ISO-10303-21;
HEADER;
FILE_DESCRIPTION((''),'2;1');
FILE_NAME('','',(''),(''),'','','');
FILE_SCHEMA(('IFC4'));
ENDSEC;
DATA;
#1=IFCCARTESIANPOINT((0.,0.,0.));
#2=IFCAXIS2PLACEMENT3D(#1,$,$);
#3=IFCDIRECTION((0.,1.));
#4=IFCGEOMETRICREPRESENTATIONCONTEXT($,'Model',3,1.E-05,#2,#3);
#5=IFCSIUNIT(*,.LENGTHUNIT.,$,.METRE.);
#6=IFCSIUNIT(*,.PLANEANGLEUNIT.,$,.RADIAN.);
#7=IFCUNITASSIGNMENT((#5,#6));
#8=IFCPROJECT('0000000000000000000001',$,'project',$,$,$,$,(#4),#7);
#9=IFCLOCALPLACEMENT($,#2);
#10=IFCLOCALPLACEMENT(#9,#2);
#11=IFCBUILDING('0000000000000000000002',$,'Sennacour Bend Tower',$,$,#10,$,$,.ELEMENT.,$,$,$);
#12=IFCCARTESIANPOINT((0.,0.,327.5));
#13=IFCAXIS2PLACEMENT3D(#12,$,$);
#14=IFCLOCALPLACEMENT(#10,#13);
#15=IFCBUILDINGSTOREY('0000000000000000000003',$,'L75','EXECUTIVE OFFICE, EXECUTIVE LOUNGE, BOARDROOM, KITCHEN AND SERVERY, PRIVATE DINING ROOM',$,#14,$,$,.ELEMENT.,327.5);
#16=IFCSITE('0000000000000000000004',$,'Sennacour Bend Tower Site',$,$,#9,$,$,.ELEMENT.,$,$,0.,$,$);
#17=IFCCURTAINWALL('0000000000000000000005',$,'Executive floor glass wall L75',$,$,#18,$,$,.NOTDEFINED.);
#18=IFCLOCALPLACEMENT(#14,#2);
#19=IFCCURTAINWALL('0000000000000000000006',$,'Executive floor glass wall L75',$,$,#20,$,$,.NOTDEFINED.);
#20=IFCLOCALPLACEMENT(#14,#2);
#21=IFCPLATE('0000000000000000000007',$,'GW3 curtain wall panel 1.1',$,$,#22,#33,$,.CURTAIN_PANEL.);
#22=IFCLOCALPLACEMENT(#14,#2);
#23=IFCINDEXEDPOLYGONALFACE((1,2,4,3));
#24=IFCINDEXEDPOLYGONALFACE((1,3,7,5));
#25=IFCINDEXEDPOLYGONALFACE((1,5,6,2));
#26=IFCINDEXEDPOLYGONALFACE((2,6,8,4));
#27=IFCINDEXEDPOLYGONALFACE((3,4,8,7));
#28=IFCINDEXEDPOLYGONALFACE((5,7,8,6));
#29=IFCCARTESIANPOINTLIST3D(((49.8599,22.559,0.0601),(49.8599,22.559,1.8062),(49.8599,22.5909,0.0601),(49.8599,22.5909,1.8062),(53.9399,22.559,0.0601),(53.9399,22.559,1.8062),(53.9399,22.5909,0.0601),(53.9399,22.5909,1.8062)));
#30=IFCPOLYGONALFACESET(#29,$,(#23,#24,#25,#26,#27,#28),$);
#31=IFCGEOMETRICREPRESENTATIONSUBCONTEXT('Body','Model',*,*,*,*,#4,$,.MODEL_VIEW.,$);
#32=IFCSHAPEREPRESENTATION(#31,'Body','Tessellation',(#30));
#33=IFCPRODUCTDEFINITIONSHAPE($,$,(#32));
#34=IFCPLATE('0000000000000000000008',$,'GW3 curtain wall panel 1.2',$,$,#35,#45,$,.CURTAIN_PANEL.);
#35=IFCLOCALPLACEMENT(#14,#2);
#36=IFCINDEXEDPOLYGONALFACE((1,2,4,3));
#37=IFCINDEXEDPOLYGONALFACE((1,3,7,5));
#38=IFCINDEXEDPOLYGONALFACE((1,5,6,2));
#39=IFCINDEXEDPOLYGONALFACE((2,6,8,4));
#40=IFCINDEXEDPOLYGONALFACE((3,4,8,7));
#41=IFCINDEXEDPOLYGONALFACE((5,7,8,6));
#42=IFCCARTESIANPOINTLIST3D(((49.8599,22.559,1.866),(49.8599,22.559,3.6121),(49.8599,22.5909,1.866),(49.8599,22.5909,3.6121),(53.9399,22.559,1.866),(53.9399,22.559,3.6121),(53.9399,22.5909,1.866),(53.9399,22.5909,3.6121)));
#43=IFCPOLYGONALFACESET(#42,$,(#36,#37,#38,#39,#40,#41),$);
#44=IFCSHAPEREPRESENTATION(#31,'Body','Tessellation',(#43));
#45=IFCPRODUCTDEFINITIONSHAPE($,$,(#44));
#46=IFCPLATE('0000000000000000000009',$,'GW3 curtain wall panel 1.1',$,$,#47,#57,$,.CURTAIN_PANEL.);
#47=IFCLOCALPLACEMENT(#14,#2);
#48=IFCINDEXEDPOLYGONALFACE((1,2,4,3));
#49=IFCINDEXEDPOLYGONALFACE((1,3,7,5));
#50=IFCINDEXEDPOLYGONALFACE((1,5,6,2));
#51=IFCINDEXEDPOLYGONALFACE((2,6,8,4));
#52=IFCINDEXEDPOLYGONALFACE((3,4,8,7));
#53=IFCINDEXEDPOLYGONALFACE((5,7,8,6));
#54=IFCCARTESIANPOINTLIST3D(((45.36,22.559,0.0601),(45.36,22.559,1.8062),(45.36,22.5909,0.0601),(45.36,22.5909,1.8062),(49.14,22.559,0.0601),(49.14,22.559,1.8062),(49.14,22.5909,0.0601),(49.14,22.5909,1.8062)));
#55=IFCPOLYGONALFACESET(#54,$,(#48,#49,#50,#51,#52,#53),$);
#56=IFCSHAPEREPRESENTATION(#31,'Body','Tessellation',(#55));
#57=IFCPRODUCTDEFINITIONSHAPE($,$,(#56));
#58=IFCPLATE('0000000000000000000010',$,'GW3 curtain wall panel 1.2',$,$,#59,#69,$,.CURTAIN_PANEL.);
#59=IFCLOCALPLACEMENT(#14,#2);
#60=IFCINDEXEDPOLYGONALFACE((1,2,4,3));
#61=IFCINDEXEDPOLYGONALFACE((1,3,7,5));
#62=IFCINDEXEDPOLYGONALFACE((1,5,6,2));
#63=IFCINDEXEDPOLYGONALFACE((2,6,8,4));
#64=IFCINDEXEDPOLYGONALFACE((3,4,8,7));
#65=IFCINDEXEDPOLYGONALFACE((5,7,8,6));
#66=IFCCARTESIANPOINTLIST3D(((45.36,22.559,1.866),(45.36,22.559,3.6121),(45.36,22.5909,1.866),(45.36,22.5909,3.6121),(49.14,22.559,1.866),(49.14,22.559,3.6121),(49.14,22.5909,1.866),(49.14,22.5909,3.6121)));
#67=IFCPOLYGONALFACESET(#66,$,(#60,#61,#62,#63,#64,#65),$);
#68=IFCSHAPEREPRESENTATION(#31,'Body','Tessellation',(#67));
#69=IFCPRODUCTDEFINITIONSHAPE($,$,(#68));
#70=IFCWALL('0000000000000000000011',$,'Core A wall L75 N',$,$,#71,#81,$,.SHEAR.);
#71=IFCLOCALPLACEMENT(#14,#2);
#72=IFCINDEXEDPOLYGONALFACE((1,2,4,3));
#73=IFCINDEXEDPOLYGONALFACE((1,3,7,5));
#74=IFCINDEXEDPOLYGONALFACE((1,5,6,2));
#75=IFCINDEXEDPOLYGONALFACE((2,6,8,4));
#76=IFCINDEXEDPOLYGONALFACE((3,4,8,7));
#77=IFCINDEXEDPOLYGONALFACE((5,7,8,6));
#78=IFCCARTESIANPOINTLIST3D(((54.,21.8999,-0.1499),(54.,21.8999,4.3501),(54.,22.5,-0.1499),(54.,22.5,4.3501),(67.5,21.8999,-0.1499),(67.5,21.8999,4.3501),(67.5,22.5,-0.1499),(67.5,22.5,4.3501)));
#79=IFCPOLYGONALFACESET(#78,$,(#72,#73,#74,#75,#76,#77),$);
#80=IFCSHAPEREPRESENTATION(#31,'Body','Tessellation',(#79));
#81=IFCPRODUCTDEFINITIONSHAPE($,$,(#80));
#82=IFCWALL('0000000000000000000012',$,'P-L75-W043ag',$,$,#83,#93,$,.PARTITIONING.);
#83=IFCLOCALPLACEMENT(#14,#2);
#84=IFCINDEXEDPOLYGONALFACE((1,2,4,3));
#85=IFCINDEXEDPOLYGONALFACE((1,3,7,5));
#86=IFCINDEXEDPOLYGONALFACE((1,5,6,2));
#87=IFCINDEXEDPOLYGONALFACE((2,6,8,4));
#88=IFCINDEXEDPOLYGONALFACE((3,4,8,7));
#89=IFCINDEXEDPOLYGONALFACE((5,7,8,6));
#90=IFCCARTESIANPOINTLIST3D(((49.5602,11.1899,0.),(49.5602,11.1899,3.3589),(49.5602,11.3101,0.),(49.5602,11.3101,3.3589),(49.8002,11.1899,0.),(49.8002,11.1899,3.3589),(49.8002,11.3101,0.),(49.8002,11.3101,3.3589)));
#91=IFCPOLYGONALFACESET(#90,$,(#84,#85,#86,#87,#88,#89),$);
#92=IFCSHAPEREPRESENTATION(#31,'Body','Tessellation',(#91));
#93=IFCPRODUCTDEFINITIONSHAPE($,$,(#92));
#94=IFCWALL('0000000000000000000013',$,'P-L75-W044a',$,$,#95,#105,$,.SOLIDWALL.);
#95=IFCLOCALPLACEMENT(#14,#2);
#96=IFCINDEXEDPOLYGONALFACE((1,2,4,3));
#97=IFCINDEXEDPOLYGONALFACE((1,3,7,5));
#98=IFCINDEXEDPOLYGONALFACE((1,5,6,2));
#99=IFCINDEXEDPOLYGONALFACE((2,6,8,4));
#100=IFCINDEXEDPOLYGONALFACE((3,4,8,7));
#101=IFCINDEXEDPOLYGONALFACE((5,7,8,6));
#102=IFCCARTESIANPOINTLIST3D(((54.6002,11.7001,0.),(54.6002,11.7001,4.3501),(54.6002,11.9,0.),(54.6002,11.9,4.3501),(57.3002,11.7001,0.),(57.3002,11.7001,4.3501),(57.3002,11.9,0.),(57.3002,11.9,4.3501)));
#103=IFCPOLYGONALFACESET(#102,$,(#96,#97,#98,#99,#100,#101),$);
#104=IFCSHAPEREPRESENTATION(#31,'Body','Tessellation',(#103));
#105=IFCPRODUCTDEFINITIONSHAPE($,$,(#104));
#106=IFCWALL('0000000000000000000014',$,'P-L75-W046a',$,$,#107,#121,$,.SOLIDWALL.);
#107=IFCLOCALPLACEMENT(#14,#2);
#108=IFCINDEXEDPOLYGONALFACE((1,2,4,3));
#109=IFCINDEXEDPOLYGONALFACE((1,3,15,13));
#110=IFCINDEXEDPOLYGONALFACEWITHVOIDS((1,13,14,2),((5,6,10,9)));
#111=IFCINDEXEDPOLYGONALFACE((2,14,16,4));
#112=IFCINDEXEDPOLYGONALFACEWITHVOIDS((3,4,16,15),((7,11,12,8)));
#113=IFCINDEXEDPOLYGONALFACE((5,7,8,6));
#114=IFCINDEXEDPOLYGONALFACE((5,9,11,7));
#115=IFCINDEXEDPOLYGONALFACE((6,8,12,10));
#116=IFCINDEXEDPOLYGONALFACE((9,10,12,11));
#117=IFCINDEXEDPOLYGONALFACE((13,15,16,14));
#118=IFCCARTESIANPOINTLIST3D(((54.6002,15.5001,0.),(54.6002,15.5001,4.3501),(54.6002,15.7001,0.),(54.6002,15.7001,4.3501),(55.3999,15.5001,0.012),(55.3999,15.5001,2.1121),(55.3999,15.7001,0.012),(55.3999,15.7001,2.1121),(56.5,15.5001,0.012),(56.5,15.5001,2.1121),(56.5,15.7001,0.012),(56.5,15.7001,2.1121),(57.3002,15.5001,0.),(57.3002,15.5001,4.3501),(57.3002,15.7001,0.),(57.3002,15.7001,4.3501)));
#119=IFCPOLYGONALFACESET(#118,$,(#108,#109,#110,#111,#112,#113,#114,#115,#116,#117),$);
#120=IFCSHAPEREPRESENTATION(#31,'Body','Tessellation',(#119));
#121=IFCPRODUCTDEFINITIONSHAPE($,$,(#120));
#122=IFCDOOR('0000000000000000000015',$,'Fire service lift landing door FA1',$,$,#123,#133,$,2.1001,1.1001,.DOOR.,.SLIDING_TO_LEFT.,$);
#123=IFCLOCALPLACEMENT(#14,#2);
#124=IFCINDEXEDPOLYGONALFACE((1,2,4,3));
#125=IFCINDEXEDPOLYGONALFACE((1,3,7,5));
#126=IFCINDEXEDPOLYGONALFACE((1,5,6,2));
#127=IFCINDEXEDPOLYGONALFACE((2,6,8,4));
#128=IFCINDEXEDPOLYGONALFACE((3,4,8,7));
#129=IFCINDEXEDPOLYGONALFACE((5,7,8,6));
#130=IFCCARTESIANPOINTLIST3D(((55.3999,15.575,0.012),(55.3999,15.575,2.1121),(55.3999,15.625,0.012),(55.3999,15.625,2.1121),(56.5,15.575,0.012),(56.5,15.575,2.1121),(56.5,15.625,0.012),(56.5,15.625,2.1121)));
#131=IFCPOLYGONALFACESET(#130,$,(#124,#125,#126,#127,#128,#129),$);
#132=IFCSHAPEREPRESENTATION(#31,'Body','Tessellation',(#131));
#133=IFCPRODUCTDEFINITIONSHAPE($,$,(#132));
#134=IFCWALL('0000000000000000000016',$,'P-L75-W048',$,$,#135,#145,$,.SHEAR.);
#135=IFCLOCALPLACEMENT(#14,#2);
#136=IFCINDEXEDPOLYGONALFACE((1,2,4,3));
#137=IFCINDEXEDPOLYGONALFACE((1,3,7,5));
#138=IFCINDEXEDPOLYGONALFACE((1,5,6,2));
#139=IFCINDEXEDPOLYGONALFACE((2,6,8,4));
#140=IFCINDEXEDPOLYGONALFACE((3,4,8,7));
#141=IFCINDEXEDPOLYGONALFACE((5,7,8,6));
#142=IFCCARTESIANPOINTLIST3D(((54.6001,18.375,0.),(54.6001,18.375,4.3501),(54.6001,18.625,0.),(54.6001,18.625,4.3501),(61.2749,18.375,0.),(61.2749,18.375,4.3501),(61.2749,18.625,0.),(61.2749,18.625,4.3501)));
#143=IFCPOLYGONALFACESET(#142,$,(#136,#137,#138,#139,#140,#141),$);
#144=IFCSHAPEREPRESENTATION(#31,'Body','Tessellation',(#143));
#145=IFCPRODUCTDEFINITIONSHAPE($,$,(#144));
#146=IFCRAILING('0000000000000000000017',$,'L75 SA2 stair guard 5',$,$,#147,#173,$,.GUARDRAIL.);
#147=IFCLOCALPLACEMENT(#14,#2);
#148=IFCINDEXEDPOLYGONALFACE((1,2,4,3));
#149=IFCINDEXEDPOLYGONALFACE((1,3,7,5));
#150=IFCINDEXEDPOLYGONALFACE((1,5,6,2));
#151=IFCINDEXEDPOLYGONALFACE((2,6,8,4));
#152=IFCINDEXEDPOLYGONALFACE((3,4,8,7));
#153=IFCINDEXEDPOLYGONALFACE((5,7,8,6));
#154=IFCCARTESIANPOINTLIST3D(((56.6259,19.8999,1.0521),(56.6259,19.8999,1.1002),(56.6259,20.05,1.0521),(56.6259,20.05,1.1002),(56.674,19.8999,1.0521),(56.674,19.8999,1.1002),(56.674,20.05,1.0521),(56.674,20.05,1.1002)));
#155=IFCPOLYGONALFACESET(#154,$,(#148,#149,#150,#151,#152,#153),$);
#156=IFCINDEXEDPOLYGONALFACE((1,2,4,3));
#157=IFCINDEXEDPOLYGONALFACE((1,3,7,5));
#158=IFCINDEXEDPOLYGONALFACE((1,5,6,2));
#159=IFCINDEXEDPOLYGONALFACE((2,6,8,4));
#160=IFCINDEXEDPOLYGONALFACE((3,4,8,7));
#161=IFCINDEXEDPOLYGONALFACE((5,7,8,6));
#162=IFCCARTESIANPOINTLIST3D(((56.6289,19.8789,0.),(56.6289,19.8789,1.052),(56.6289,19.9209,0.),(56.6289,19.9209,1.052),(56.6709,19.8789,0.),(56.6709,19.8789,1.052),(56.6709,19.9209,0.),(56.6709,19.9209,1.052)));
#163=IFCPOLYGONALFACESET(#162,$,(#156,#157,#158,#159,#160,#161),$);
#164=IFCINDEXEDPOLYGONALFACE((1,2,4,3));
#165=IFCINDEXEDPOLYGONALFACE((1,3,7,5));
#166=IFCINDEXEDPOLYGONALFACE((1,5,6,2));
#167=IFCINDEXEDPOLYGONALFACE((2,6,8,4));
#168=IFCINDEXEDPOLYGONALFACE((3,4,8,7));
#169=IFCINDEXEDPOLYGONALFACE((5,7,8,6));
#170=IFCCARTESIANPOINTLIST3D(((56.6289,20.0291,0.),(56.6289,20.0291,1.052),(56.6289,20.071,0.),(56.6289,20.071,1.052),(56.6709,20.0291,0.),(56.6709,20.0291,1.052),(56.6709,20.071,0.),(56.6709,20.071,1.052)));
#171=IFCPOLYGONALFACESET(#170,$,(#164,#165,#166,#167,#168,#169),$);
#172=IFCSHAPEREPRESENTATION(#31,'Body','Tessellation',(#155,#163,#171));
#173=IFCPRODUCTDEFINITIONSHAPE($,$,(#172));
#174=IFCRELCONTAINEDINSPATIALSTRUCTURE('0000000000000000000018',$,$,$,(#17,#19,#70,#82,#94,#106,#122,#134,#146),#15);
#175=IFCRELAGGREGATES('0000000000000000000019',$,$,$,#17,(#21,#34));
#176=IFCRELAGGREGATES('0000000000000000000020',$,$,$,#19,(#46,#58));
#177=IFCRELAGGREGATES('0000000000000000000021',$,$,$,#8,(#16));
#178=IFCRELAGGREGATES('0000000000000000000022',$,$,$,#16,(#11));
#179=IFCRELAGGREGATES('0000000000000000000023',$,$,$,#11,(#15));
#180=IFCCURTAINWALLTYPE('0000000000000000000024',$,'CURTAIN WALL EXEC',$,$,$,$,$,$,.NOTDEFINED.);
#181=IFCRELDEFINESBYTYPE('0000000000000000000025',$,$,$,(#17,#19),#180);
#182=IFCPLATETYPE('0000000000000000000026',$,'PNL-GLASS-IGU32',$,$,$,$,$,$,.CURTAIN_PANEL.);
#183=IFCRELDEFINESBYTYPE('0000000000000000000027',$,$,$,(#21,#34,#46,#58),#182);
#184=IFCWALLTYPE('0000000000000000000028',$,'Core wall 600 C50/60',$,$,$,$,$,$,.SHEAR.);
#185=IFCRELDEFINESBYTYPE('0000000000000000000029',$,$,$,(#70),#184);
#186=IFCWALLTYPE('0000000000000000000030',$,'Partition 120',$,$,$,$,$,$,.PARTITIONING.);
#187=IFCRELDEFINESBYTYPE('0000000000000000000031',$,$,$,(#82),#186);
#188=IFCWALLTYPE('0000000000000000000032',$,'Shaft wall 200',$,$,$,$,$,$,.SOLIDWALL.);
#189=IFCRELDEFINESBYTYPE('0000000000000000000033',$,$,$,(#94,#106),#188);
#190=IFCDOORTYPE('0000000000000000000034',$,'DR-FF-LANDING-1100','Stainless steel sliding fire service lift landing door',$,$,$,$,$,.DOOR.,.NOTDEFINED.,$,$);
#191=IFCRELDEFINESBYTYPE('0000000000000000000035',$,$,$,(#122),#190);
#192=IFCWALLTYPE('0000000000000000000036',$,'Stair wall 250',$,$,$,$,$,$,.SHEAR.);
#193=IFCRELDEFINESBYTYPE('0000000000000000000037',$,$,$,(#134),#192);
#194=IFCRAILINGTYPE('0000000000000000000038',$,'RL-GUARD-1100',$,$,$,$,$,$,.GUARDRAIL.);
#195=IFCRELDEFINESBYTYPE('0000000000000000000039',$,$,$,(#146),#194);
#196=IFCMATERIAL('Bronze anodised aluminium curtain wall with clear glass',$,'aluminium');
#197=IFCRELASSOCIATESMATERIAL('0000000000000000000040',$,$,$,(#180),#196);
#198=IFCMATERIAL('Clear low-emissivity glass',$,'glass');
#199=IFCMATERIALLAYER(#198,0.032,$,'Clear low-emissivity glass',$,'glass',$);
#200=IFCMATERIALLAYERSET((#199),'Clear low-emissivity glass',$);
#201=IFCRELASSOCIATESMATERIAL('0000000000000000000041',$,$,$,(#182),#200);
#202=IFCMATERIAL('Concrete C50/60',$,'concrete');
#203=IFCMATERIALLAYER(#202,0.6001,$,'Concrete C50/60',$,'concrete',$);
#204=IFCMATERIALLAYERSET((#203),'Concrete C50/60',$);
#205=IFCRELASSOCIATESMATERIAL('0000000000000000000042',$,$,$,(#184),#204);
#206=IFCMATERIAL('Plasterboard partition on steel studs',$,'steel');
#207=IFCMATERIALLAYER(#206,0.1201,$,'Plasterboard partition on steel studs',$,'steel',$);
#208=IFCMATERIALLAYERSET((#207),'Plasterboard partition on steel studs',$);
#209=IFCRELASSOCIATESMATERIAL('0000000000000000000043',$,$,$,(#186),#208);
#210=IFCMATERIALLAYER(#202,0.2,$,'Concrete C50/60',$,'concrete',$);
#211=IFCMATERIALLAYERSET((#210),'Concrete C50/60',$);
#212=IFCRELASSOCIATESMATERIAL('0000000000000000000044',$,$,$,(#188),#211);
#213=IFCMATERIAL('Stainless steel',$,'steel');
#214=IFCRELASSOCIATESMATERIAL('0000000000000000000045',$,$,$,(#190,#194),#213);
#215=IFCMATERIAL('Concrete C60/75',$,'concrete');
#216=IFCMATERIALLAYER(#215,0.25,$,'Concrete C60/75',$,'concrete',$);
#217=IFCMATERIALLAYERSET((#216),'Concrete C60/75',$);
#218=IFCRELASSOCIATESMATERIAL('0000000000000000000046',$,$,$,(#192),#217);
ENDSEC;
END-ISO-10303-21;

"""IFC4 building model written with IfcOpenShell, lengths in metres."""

from ifc_helpers import new_model, si_unit, direction, frame, frame_2d, origin, origin_2d, place, context, subcontext, project, spatial, rectangle, extrude, material, layer, layer_set, type_object, element, fill, aggregate, save


model = new_model("IFC4")

# Units and contexts
model_context = context("Model", 3, precision=1e-05, world=origin(), true_north=direction((0.0, 1.0)))
body_context = subcontext(model_context, "Body", "Model", "MODEL_VIEW")
ifc_project = project(units=[si_unit("LENGTHUNIT", "METRE"), si_unit("PLANEANGLEUNIT", "RADIAN")], contexts=[model_context])

# Site, building, storey
site_placement = place(None, origin())
site = spatial("IfcSite", under=ifc_project, at=site_placement, Name="Sennacour Bend Tower Site", CompositionType="ELEMENT", RefElevation=0.0)
building_placement = place(site_placement, origin())
building = spatial("IfcBuilding", under=site, at=building_placement, Name="Sennacour Bend Tower", CompositionType="ELEMENT")
storey_placement = place(building_placement, frame((0.0, 0.0, 327.5)))
storey = spatial("IfcBuildingStorey", under=building, at=storey_placement, Name="L75", Description="EXECUTIVE OFFICE, EXECUTIVE LOUNGE, BOARDROOM, KITCHEN AND SERVERY, PRIVATE DINING ROOM", CompositionType="ELEMENT", Elevation=327.5)

# Curtain wall
ifc_material_1 = material(Name="Bronze anodised aluminium curtain wall with clear glass", Category="aluminium")
curtain_wall_type = type_object("IfcCurtainWallType", Name="CURTAIN WALL EXEC", PredefinedType="NOTDEFINED", material=ifc_material_1)
curtain_wall_1_placement = place(storey_placement, origin())
curtain_wall_1 = element("IfcCurtainWall", 1, at=curtain_wall_1_placement, inside=storey, type_object=curtain_wall_type, Name="Executive floor glass wall L75", PredefinedType="NOTDEFINED")

# Curtain wall
curtain_wall_2_placement = place(storey_placement, origin())
curtain_wall_2 = element("IfcCurtainWall", 2, at=curtain_wall_2_placement, inside=storey, type_object=curtain_wall_type, Name="Executive floor glass wall L75", PredefinedType="NOTDEFINED")

# Plates
ifc_material_2 = material(Name="Clear low-emissivity glass", Category="glass")
ifc_layer_1 = layer(ifc_material_2, 0.032, Name="Clear low-emissivity glass", Category="glass")
ifc_layer_set_1 = layer_set([ifc_layer_1], Name="Clear low-emissivity glass")
plate_type = type_object("IfcPlateType", Name="PNL-GLASS-IGU32", PredefinedType="CURTAIN_PANEL", material=ifc_layer_set_1)
plate_1_placement = place(storey_placement, frame((51.8999, 22.575, 0.0601), z_axis=(0.0, 0.0, 1.0), x_axis=(-1.0, 0.0, 0.0)))
plate_1 = element("IfcPlate", 3, at=plate_1_placement, type_object=plate_type, Name="GW3 curtain wall panel 1.1", PredefinedType="CURTAIN_PANEL", context=body_context, shape_type="SweptSolid", body=[
    extrude(rectangle(XDim=4.0801, YDim=0.032, at=origin_2d()), origin(), (0.0, 0.0, 1.0), 1.7461),
])
plate_2_placement = place(storey_placement, frame((51.8999, 22.575, 1.866), z_axis=(0.0, 0.0, 1.0), x_axis=(-1.0, 0.0, 0.0)))
plate_2 = element("IfcPlate", 4, at=plate_2_placement, type_object=plate_type, Name="GW3 curtain wall panel 1.2", PredefinedType="CURTAIN_PANEL", context=body_context, shape_type="SweptSolid", body=[
    extrude(rectangle(XDim=4.0801, YDim=0.032, at=origin_2d()), origin(), (0.0, 0.0, 1.0), 1.7461),
])
aggregate(curtain_wall_1, [plate_1, plate_2])
plate_3_placement = place(storey_placement, frame((47.25, 22.575, 0.0601), z_axis=(0.0, 0.0, 1.0), x_axis=(-1.0, 0.0, 0.0)))
plate_3 = element("IfcPlate", 5, at=plate_3_placement, type_object=plate_type, Name="GW3 curtain wall panel 1.1", PredefinedType="CURTAIN_PANEL", context=body_context, shape_type="SweptSolid", body=[
    extrude(rectangle(XDim=3.78, YDim=0.032, at=origin_2d()), origin(), (0.0, 0.0, 1.0), 1.7461),
])
plate_4_placement = place(storey_placement, frame((47.25, 22.575, 1.866), z_axis=(0.0, 0.0, 1.0), x_axis=(-1.0, 0.0, 0.0)))
plate_4 = element("IfcPlate", 6, at=plate_4_placement, type_object=plate_type, Name="GW3 curtain wall panel 1.2", PredefinedType="CURTAIN_PANEL", context=body_context, shape_type="SweptSolid", body=[
    extrude(rectangle(XDim=3.78, YDim=0.032, at=origin_2d()), origin(), (0.0, 0.0, 1.0), 1.7461),
])
aggregate(curtain_wall_2, [plate_3, plate_4])

# Walls
ifc_material_3 = material(Name="Concrete C50/60", Category="concrete")
ifc_layer_2 = layer(ifc_material_3, 0.6001, Name="Concrete C50/60", Category="concrete")
ifc_layer_set_2 = layer_set([ifc_layer_2], Name="Concrete C50/60")
wall_type_1 = type_object("IfcWallType", Name="Core wall 600 C50/60", PredefinedType="SHEAR", material=ifc_layer_set_2)
wall_1_placement = place(storey_placement, frame((54.0, 22.2, -0.1499), z_axis=(0.0, 0.0, 1.0), x_axis=(1.0, 0.0, 0.0)))
element("IfcWall", 7, at=wall_1_placement, inside=storey, type_object=wall_type_1, Name="Core A wall L75 N", PredefinedType="SHEAR", context=body_context, shape_type="SweptSolid", body=[
    extrude(rectangle(XDim=13.5, YDim=0.6001, at=frame_2d((6.75, 0.0))), origin(), (0.0, 0.0, 1.0), 4.5),
])
ifc_material_4 = material(Name="Plasterboard partition on steel studs", Category="steel")
ifc_layer_3 = layer(ifc_material_4, 0.1201, Name="Plasterboard partition on steel studs", Category="steel")
ifc_layer_set_3 = layer_set([ifc_layer_3], Name="Plasterboard partition on steel studs")
wall_type_2 = type_object("IfcWallType", Name="Partition 120", PredefinedType="PARTITIONING", material=ifc_layer_set_3)
wall_2_placement = place(storey_placement, frame((49.5601, 11.25, 0.0), z_axis=(0.0, 0.0, 1.0), x_axis=(1.0, 0.0, 0.0)))
element("IfcWall", 8, at=wall_2_placement, inside=storey, type_object=wall_type_2, Name="P-L75-W043ag", PredefinedType="PARTITIONING", context=body_context, shape_type="SweptSolid", body=[
    extrude(rectangle(XDim=0.24, YDim=0.1201, at=frame_2d((0.1201, 0.0))), origin(), (0.0, 0.0, 1.0), 3.3589),
])
ifc_layer_4 = layer(ifc_material_3, 0.2, Name="Concrete C50/60", Category="concrete")
ifc_layer_set_4 = layer_set([ifc_layer_4], Name="Concrete C50/60")
wall_type_3 = type_object("IfcWallType", Name="Shaft wall 200", PredefinedType="SOLIDWALL", material=ifc_layer_set_4)
wall_3_placement = place(storey_placement, frame((54.6001, 11.8, 0.0), z_axis=(0.0, 0.0, 1.0), x_axis=(1.0, 0.0, 0.0)))
element("IfcWall", 9, at=wall_3_placement, inside=storey, type_object=wall_type_3, Name="P-L75-W044a", PredefinedType="SOLIDWALL", context=body_context, shape_type="SweptSolid", body=[
    extrude(rectangle(XDim=2.7, YDim=0.2, at=frame_2d((1.3501, 0.0))), origin(), (0.0, 0.0, 1.0), 4.3501),
])

# Wall, opening, door
wall_4_placement = place(storey_placement, frame((54.6001, 15.6001, 0.0), z_axis=(0.0, 0.0, 1.0), x_axis=(1.0, 0.0, 0.0)))
wall_4 = element("IfcWall", 10, at=wall_4_placement, inside=storey, type_object=wall_type_3, Name="P-L75-W046a", PredefinedType="SOLIDWALL", context=body_context, shape_type="SweptSolid", body=[
    extrude(rectangle(XDim=2.7, YDim=0.2, at=frame_2d((1.3501, 0.0))), origin(), (0.0, 0.0, 1.0), 4.3501),
])
opening_placement = place(wall_4_placement, frame((0.7998, 0.0, 0.012)))
opening = element("IfcOpeningElement", 11, at=opening_placement, cuts=wall_4, PredefinedType="OPENING", context=body_context, shape_type="SweptSolid", body=[
    extrude(rectangle(XDim=1.1001, YDim=2.1001, at=frame_2d((0.55, 1.05))), frame((0.0, 0.1099, 0.0), z_axis=(0.0, -1.0, 0.0), x_axis=(1.0, 0.0, 0.0)), (0.0, 0.0, 1.0), 0.22),
])
ifc_material_5 = material(Name="Stainless steel", Category="steel")
door_type = type_object("IfcDoorType", Name="DR-FF-LANDING-1100", Description="Stainless steel sliding fire service lift landing door", OperationType="NOTDEFINED", PredefinedType="DOOR", material=ifc_material_5)
door_placement = place(opening_placement, origin())
door = element("IfcDoor", 12, at=door_placement, inside=storey, type_object=door_type, Name="Fire service lift landing door FA1", OperationType="SLIDING_TO_LEFT", OverallHeight=2.1001, OverallWidth=1.1001, PredefinedType="DOOR", context=body_context, shape_type="SweptSolid", body=[
    extrude(rectangle(XDim=1.1001, YDim=2.1001, at=frame_2d((0.55, 1.05))), frame((0.0, 0.0249, 0.0), z_axis=(0.0, -1.0, 0.0), x_axis=(1.0, 0.0, 0.0)), (0.0, 0.0, 1.0), 0.05),
])
fill(opening, door)

# Wall
ifc_material_6 = material(Name="Concrete C60/75", Category="concrete")
ifc_layer_5 = layer(ifc_material_6, 0.25, Name="Concrete C60/75", Category="concrete")
ifc_layer_set_5 = layer_set([ifc_layer_5], Name="Concrete C60/75")
wall_type_4 = type_object("IfcWallType", Name="Stair wall 250", PredefinedType="SHEAR", material=ifc_layer_set_5)
wall_5_placement = place(storey_placement, frame((54.6001, 18.5, 0.0), z_axis=(0.0, 0.0, 1.0), x_axis=(1.0, 0.0, 0.0)))
element("IfcWall", 13, at=wall_5_placement, inside=storey, type_object=wall_type_4, Name="P-L75-W048", PredefinedType="SHEAR", context=body_context, shape_type="SweptSolid", body=[
    extrude(rectangle(XDim=6.6748, YDim=0.25, at=frame_2d((3.3374, 0.0))), origin(), (0.0, 0.0, 1.0), 4.3501),
])

# Railing
railing_type_1 = type_object("IfcRailingType", Name="RL-GUARD-1100", PredefinedType="GUARDRAIL", material=ifc_material_5)
railing_1_placement = place(storey_placement, frame((56.6499, 19.8999, 0.0)))
element("IfcRailing", 14, at=railing_1_placement, inside=storey, type_object=railing_type_1, Name="L75 SA2 stair guard 5", PredefinedType="GUARDRAIL", context=body_context, shape_type="SweptSolid", body=[
    extrude(rectangle(XDim=0.0481, YDim=0.0481, at=origin_2d()), frame((0.0, 0.0, 1.0762), z_axis=(0.0, 1.0, 0.0), x_axis=(-1.0, 0.0, 0.0)), (0.0, 0.0, 1.0), 0.1501),
    extrude(rectangle(XDim=0.042, YDim=0.042, at=origin_2d()), origin(), (0.0, 0.0, 1.0), 1.052),
    extrude(rectangle(XDim=0.042, YDim=0.042, at=origin_2d()), frame((0.0, 0.1501, 0.0)), (0.0, 0.0, 1.0), 1.052),
])

save(model, "model.ifc")
